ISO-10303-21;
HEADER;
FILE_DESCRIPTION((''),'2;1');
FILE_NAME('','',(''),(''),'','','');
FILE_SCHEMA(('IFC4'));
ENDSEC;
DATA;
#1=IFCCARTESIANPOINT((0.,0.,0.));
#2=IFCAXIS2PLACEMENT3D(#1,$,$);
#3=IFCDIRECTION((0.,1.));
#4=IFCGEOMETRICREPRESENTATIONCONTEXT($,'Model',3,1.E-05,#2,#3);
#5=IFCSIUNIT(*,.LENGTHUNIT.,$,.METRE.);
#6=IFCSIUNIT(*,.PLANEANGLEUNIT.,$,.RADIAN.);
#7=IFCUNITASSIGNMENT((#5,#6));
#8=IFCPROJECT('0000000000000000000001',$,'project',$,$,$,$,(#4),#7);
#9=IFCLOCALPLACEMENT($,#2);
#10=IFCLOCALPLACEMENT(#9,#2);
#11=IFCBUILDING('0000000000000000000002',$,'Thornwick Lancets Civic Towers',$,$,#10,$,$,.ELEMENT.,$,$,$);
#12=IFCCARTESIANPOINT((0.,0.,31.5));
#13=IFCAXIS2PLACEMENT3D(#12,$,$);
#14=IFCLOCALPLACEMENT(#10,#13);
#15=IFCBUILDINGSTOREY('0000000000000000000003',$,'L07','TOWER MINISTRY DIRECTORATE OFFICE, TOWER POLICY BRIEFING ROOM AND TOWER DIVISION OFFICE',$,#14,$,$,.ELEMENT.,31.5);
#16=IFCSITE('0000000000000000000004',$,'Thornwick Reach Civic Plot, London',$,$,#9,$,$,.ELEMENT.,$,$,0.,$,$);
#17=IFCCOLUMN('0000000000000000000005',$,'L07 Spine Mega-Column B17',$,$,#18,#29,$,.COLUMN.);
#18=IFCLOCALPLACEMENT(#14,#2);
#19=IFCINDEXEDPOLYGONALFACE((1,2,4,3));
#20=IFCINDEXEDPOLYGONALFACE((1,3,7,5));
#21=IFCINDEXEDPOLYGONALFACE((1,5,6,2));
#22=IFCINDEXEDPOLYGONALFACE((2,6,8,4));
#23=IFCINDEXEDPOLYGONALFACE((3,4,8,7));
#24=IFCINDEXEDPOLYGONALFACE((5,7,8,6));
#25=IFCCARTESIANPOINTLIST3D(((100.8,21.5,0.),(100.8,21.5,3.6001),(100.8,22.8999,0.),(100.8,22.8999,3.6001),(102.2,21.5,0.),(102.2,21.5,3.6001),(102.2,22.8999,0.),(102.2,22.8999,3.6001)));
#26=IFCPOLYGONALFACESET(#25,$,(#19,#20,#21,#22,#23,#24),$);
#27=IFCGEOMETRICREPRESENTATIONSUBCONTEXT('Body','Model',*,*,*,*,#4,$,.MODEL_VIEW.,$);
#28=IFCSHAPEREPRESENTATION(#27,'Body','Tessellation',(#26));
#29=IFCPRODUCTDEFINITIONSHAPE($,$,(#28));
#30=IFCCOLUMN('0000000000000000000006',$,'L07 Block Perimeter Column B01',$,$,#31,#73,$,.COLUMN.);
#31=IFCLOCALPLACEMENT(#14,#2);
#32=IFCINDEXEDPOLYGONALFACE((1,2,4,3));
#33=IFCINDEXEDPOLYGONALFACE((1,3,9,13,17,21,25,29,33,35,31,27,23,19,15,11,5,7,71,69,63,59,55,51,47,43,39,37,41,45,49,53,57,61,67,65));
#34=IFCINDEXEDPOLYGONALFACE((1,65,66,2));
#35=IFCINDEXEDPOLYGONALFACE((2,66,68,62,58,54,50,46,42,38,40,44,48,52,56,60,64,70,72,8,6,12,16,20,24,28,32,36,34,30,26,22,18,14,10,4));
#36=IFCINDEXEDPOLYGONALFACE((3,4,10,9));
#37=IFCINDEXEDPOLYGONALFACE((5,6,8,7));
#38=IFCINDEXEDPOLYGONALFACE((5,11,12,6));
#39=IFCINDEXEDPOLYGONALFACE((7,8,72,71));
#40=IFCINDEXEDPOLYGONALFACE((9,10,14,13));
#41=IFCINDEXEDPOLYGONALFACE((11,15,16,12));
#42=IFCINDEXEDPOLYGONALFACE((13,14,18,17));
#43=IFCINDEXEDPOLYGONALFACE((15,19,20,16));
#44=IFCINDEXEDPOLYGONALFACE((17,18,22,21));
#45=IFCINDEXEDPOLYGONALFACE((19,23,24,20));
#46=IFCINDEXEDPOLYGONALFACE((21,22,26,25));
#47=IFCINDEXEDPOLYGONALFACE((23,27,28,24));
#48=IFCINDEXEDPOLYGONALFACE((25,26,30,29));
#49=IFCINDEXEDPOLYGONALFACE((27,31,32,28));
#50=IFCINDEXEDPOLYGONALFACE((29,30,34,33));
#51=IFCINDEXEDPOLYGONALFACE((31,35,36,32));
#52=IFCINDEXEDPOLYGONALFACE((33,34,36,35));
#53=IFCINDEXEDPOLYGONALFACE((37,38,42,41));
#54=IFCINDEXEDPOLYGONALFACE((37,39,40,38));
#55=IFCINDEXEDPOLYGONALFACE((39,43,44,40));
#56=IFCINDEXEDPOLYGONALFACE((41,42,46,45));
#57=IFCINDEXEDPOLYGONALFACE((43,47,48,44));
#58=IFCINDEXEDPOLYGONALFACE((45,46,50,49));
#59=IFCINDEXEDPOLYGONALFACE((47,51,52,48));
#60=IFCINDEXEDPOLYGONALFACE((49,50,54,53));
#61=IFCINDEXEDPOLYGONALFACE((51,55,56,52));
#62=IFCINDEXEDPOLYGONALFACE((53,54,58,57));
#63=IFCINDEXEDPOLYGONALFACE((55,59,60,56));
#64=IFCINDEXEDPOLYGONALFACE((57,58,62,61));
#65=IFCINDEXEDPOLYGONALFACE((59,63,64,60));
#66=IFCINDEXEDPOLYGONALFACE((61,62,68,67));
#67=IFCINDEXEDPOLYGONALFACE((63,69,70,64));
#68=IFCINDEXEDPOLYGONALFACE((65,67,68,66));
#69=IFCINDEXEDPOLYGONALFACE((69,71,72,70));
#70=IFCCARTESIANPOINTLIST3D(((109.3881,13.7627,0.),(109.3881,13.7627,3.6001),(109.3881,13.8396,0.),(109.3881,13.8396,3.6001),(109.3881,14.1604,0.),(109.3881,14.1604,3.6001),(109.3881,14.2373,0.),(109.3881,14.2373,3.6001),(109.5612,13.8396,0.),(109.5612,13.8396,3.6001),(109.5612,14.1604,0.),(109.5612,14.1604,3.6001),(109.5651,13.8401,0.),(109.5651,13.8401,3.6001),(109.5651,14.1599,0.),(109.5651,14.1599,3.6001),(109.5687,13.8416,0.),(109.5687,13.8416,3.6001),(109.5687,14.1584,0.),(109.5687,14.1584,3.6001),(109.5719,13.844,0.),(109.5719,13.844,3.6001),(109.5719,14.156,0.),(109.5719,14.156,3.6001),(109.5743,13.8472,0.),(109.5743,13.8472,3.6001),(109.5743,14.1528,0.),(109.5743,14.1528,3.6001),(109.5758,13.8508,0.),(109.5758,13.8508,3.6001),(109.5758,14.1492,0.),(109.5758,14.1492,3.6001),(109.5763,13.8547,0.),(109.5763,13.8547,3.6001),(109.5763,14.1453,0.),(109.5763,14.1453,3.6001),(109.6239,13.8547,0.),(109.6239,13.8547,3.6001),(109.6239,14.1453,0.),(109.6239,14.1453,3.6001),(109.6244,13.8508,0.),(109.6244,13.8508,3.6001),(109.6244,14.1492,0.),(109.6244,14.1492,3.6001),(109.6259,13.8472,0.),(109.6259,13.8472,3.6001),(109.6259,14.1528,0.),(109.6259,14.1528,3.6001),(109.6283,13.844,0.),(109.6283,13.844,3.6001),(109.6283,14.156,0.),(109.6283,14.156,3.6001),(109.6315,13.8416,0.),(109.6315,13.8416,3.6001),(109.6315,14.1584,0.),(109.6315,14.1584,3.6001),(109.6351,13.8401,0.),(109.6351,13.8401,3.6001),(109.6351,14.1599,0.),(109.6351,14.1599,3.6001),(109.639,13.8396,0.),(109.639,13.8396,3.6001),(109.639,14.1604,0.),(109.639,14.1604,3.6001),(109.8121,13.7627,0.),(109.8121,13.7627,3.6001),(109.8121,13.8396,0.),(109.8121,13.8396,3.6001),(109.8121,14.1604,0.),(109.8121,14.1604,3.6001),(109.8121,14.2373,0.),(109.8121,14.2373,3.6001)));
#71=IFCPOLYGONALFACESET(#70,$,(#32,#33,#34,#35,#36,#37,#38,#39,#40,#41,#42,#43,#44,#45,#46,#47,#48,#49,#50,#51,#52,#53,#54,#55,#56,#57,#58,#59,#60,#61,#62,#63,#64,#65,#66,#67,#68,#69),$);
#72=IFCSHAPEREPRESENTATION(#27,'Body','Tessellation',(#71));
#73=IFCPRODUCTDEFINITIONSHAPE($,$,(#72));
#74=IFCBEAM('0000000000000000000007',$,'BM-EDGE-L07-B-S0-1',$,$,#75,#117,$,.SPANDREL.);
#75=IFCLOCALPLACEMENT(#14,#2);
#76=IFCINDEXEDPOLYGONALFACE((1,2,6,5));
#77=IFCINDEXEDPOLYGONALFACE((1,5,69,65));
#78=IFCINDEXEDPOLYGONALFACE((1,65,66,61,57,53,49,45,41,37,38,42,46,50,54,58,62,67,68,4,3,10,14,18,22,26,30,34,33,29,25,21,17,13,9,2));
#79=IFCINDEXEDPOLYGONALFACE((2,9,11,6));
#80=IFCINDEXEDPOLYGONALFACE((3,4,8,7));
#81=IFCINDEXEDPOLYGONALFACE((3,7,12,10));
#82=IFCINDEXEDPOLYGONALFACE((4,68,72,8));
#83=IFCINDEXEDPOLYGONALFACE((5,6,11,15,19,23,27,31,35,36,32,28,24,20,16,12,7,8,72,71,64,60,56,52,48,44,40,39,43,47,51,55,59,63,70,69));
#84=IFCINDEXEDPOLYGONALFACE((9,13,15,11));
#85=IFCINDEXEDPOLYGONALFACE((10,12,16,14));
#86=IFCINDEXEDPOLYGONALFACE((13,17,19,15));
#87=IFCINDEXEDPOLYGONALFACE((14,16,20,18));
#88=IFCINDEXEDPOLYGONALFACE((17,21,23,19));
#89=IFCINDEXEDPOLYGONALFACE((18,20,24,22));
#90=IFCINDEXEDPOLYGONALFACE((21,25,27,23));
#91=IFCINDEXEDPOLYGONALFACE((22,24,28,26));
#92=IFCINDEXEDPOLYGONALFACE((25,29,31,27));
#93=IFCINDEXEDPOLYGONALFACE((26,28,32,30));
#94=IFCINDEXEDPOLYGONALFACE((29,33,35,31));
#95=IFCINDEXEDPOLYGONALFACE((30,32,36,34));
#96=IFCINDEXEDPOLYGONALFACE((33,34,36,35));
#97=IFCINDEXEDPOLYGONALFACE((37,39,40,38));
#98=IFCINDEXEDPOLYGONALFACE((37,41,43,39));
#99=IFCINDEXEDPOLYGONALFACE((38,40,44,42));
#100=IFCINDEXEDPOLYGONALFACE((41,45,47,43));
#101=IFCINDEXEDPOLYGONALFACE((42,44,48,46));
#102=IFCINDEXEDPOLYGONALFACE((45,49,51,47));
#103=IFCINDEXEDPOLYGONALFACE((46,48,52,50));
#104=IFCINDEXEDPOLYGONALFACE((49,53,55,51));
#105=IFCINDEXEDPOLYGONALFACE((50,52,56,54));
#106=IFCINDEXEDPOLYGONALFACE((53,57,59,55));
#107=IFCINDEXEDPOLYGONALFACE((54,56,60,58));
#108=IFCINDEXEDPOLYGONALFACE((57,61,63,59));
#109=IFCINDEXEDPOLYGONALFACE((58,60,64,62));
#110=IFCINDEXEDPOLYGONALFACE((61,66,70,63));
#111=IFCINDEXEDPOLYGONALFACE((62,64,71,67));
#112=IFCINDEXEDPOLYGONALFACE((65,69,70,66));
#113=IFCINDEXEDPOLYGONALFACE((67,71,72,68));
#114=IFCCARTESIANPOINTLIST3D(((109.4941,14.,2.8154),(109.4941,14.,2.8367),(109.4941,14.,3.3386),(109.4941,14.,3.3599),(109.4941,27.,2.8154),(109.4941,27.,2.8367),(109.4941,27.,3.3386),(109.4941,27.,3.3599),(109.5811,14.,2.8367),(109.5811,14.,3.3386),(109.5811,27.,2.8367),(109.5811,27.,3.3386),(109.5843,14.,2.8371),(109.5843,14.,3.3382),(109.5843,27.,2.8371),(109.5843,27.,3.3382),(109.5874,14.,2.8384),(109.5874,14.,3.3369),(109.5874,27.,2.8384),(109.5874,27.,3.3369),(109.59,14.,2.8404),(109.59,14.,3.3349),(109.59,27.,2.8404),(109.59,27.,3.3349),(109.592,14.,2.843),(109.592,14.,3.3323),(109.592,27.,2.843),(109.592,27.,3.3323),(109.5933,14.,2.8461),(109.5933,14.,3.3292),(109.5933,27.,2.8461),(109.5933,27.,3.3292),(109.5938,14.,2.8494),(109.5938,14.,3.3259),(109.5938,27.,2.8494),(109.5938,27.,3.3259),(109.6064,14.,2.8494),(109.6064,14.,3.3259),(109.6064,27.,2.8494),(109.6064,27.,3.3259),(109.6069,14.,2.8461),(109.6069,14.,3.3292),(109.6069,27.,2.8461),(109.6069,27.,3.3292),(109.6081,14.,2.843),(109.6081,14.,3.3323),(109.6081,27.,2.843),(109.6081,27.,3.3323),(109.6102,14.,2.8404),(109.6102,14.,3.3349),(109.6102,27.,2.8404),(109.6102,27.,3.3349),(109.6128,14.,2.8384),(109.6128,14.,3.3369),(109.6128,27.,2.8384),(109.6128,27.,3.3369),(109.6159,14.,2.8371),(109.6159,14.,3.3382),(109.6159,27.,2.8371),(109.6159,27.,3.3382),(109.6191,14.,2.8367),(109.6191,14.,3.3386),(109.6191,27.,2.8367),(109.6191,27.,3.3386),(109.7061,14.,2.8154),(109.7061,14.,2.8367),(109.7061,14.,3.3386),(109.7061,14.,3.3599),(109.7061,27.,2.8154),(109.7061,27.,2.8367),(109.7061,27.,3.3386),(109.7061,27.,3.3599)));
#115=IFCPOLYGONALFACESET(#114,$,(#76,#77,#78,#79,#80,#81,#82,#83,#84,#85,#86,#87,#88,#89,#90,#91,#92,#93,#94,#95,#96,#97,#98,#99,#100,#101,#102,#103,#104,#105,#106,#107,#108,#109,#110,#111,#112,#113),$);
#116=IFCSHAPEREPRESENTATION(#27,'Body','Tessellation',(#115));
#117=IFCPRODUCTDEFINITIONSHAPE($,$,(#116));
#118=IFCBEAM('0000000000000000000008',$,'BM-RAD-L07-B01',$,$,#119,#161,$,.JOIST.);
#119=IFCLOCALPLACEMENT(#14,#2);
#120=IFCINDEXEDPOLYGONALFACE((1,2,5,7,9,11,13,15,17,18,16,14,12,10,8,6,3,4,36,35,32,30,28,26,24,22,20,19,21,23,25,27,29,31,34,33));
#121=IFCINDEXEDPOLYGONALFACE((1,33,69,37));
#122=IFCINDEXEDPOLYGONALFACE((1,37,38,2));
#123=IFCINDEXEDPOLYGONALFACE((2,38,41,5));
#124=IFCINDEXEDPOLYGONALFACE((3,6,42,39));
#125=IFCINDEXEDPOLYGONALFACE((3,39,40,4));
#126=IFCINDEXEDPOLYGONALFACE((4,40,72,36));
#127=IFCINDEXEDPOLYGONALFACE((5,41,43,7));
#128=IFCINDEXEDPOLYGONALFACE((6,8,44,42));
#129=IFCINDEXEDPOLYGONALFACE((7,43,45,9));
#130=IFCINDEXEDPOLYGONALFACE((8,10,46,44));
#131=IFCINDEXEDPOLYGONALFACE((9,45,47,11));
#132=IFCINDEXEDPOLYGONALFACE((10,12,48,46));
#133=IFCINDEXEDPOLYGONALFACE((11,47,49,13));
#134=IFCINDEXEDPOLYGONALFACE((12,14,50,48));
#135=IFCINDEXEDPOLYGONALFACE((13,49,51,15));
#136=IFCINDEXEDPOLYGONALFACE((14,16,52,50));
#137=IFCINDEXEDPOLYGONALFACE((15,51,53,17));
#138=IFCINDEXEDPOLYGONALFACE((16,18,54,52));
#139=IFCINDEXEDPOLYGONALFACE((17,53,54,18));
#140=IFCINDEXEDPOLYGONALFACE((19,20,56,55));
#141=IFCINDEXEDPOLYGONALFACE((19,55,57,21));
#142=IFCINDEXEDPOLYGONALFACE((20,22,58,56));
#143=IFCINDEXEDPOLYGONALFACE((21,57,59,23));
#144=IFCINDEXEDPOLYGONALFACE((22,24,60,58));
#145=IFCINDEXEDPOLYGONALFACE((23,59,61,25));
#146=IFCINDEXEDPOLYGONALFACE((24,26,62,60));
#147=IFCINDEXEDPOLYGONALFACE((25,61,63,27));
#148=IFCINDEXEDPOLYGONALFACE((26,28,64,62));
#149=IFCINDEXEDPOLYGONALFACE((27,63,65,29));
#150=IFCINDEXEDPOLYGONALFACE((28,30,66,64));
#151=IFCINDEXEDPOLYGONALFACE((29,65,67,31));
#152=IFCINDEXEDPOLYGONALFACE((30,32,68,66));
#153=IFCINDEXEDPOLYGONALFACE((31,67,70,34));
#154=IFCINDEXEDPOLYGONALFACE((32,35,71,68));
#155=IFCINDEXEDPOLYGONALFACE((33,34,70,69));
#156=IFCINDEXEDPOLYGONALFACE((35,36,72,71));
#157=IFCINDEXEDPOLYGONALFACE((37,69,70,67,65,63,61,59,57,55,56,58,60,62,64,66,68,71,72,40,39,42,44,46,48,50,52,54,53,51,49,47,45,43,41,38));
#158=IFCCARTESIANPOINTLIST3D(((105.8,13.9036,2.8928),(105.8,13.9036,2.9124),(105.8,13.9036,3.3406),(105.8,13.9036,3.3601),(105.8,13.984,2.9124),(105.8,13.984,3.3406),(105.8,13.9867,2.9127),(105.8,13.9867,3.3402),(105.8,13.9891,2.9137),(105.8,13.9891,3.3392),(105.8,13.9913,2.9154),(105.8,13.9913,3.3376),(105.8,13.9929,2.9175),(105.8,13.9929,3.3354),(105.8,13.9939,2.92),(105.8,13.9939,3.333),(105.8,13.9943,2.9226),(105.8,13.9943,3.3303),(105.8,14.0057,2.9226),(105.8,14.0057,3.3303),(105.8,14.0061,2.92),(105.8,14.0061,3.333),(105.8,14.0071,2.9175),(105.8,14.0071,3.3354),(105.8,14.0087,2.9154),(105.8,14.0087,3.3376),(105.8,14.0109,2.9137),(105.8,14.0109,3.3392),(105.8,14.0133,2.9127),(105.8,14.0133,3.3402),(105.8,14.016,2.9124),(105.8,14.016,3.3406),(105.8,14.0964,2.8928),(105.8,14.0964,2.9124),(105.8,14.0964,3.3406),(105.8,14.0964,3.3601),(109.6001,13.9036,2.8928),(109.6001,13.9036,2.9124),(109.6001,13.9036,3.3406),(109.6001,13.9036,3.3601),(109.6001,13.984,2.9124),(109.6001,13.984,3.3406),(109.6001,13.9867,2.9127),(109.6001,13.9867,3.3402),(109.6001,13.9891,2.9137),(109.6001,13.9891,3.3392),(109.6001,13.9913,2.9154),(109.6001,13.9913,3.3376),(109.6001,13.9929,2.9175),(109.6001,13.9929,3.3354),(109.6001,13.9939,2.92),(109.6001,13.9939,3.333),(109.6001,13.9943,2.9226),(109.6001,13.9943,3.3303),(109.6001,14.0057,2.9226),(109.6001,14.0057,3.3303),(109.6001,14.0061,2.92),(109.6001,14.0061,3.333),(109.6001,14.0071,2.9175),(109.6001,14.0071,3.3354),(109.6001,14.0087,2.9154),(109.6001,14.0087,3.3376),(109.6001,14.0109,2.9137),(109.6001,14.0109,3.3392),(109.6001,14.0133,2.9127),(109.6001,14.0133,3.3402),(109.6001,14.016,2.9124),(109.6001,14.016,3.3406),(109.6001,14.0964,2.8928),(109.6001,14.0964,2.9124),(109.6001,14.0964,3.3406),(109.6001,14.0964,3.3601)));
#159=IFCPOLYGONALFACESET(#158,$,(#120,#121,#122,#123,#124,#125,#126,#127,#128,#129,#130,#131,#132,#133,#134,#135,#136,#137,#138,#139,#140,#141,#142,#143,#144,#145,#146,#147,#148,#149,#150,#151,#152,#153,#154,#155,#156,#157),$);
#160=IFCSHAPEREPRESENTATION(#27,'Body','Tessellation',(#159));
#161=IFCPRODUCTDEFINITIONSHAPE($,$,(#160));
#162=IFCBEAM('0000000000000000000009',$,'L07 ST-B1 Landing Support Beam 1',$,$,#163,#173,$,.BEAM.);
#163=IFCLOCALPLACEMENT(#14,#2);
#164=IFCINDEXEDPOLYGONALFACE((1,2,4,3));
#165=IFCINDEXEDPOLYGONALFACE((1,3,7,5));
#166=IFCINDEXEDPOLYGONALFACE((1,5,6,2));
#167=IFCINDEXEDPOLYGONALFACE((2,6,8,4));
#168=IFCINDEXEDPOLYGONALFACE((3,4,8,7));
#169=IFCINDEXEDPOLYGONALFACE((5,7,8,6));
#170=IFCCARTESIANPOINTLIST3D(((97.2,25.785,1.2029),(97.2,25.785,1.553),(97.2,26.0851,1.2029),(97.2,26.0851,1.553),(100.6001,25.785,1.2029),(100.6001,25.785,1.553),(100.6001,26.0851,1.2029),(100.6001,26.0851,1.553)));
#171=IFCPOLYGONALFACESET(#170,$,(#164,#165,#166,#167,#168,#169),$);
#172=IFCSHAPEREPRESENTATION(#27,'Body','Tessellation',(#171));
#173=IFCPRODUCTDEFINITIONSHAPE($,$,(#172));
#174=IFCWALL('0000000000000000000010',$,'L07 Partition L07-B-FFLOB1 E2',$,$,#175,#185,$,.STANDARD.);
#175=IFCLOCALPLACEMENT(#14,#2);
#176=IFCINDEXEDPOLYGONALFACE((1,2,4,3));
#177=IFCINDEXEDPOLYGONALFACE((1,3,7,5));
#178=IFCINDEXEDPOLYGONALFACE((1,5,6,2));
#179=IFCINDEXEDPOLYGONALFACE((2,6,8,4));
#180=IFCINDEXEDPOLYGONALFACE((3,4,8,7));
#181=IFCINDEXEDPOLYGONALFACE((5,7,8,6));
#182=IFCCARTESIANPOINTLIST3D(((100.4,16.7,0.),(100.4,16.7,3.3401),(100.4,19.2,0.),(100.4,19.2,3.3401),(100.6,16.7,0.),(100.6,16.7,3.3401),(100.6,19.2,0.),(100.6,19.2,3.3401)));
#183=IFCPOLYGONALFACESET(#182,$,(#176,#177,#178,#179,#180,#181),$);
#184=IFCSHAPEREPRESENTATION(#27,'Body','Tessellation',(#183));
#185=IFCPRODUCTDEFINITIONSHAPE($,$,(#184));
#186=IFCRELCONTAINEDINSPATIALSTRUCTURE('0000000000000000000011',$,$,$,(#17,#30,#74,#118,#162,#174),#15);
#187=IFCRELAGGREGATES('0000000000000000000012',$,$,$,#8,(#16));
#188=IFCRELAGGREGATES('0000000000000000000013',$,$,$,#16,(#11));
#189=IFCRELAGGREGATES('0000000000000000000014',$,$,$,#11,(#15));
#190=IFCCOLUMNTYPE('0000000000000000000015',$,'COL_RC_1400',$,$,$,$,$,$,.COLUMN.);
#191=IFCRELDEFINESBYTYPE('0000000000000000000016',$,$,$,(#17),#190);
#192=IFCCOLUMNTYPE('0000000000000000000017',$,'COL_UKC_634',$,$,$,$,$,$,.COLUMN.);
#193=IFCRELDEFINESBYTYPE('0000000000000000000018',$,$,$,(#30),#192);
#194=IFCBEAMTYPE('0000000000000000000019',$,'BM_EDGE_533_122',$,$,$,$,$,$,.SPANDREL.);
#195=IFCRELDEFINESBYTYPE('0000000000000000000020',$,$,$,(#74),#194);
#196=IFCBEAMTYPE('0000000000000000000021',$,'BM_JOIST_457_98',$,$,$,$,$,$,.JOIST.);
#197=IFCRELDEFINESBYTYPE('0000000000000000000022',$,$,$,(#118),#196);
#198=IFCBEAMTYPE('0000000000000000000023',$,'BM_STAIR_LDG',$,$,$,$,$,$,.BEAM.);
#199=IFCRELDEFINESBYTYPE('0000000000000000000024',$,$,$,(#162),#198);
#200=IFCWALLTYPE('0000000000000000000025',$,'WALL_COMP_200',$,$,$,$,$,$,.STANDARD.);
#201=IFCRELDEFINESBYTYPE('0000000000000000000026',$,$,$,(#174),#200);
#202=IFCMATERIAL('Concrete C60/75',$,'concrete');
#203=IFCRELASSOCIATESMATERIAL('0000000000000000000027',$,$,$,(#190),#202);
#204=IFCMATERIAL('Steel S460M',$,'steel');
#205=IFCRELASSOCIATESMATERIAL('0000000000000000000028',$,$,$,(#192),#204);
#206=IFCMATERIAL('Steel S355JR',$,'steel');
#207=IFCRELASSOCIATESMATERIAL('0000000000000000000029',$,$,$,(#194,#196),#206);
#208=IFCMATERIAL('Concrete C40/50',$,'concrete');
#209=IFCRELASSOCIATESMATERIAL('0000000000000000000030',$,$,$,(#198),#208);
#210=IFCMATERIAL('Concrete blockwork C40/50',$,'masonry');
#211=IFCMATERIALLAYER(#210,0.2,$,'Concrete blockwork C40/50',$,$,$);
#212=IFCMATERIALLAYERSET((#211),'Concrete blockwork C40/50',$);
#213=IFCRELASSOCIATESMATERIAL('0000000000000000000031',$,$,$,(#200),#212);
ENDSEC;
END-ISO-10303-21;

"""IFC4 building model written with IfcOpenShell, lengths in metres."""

from ifc_helpers import new_model, si_unit, direction, frame, frame_2d, origin, origin_2d, place, context, subcontext, project, spatial, rectangle, i_section, extrude, material, layer, layer_set, material_profile, profile_set, type_object, element, save


model = new_model("IFC4")

# Units and contexts
model_context = context("Model", 3, precision=1e-05, world=origin(), true_north=direction((0.0, 1.0)))
body_context = subcontext(model_context, "Body", "Model", "MODEL_VIEW")
ifc_project = project(units=[si_unit("LENGTHUNIT", "METRE"), si_unit("PLANEANGLEUNIT", "RADIAN")], contexts=[model_context])

# Site, building, storey
site_placement = place(None, origin())
site = spatial("IfcSite", under=ifc_project, at=site_placement, Name="Thornwick Reach Civic Plot, London", CompositionType="ELEMENT", RefElevation=0.0)
building_placement = place(site_placement, origin())
building = spatial("IfcBuilding", under=site, at=building_placement, Name="Thornwick Lancets Civic Towers", CompositionType="ELEMENT")
storey_placement = place(building_placement, frame((0.0, 0.0, 31.5)))
storey = spatial("IfcBuildingStorey", under=building, at=storey_placement, Name="L07", Description="TOWER MINISTRY DIRECTORATE OFFICE, TOWER POLICY BRIEFING ROOM AND TOWER DIVISION OFFICE", CompositionType="ELEMENT", Elevation=31.5)

# Columns
ifc_material_1 = material(Name="Concrete C60/75", Category="concrete")
ifc_material_profile_1 = material_profile(ifc_material_1, rectangle(XDim=1.3999, YDim=1.3999, at=origin_2d()), Name="RC 1400x1400")
ifc_profile_set_1 = profile_set([ifc_material_profile_1], Name="Concrete C60/75")
column_type_1 = type_object("IfcColumnType", Name="COL_RC_1400", PredefinedType="COLUMN", material=ifc_profile_set_1)
column_1_placement = place(storey_placement, frame((101.5, 22.2, 0.0), z_axis=(0.0, 0.0, 1.0), x_axis=(1.0, 0.0, 0.0)))
element("IfcColumn", 1, at=column_1_placement, inside=storey, type_object=column_type_1, Name="L07 Spine Mega-Column B17", PredefinedType="COLUMN", context=body_context, shape_type="SweptSolid", body=[
    extrude(rectangle(XDim=1.3999, YDim=1.3999, at=origin_2d()), origin(), (0.0, 0.0, 1.0), 3.6001),
])
ifc_material_2 = material(Name="Steel S460M", Category="steel")
ifc_material_profile_2 = material_profile(ifc_material_2, i_section(OverallWidth=0.4241, OverallDepth=0.4746, WebThickness=0.0476, FlangeThickness=0.0769, FilletRadius=0.0151, at=origin_2d()), Name="UKC 356x406x634")
ifc_profile_set_2 = profile_set([ifc_material_profile_2], Name="Steel S460M")
column_type_2 = type_object("IfcColumnType", Name="COL_UKC_634", PredefinedType="COLUMN", material=ifc_profile_set_2)
column_2_placement = place(storey_placement, frame((109.6001, 14.0, 0.0), z_axis=(0.0, 0.0, 1.0), x_axis=(1.0, 0.0, 0.0)))
element("IfcColumn", 2, at=column_2_placement, inside=storey, type_object=column_type_2, Name="L07 Block Perimeter Column B01", PredefinedType="COLUMN", context=body_context, shape_type="SweptSolid", body=[
    extrude(i_section(OverallWidth=0.4241, OverallDepth=0.4746, WebThickness=0.0476, FlangeThickness=0.0769, FilletRadius=0.0151, at=origin_2d()), origin(), (0.0, 0.0, 1.0), 3.6001),
])

# Beams
ifc_material_3 = material(Name="Steel S355JR", Category="steel")
ifc_material_profile_3 = material_profile(ifc_material_3, i_section(OverallWidth=0.2119, OverallDepth=0.5444, WebThickness=0.0127, FlangeThickness=0.0212, FilletRadius=0.0127, at=origin_2d()), Name="UKB 533x210x122")
ifc_profile_set_3 = profile_set([ifc_material_profile_3], Name="Steel S355JR")
beam_type_1 = type_object("IfcBeamType", Name="BM_EDGE_533_122", PredefinedType="SPANDREL", material=ifc_profile_set_3)
beam_1_placement = place(storey_placement, frame((109.6001, 14.0, 3.0876), z_axis=(0.0, 1.0, 0.0), x_axis=(-1.0, 0.0, 0.0)))
element("IfcBeam", 3, at=beam_1_placement, inside=storey, type_object=beam_type_1, Name="BM-EDGE-L07-B-S0-1", PredefinedType="SPANDREL", context=body_context, shape_type="SweptSolid", body=[
    extrude(i_section(OverallWidth=0.2119, OverallDepth=0.5444, WebThickness=0.0127, FlangeThickness=0.0212, FilletRadius=0.0127, at=origin_2d()), origin(), (0.0, 0.0, 1.0), 13.0),
])
ifc_material_profile_4 = material_profile(ifc_material_3, i_section(OverallWidth=0.1929, OverallDepth=0.4673, WebThickness=0.0115, FlangeThickness=0.0195, FilletRadius=0.0103, at=origin_2d()), Name="UKB 457x191x98")
ifc_profile_set_4 = profile_set([ifc_material_profile_4], Name="Steel S355JR")
beam_type_2 = type_object("IfcBeamType", Name="BM_JOIST_457_98", PredefinedType="JOIST", material=ifc_profile_set_4)
beam_2_placement = place(storey_placement, frame((105.8, 14.0, 3.1265), z_axis=(1.0, 0.0, 0.0), x_axis=(0.0, 1.0, 0.0)))
element("IfcBeam", 4, at=beam_2_placement, inside=storey, type_object=beam_type_2, Name="BM-RAD-L07-B01", PredefinedType="JOIST", context=body_context, shape_type="SweptSolid", body=[
    extrude(i_section(OverallWidth=0.1929, OverallDepth=0.4673, WebThickness=0.0115, FlangeThickness=0.0195, FilletRadius=0.0103, at=origin_2d()), origin(), (0.0, 0.0, 1.0), 3.8),
])
ifc_material_4 = material(Name="Concrete C40/50", Category="concrete")
ifc_material_profile_5 = material_profile(ifc_material_4, rectangle(XDim=0.3, YDim=0.3501, at=origin_2d()), Name="RC 300x350")
ifc_profile_set_5 = profile_set([ifc_material_profile_5], Name="Concrete C40/50")
beam_type_3 = type_object("IfcBeamType", Name="BM_STAIR_LDG", PredefinedType="BEAM", material=ifc_profile_set_5)
beam_3_placement = place(storey_placement, frame((100.6001, 25.9351, 1.3779), z_axis=(-1.0, 0.0, 0.0), x_axis=(0.0, -1.0, 0.0)))
element("IfcBeam", 5, at=beam_3_placement, inside=storey, type_object=beam_type_3, Name="L07 ST-B1 Landing Support Beam 1", PredefinedType="BEAM", context=body_context, shape_type="SweptSolid", body=[
    extrude(rectangle(XDim=0.3, YDim=0.3501, at=origin_2d()), origin(), (0.0, 0.0, 1.0), 3.4001),
])

# Wall
ifc_material_5 = material(Name="Concrete blockwork C40/50", Category="masonry")
ifc_layer_1 = layer(ifc_material_5, 0.2, Name="Concrete blockwork C40/50")
ifc_layer_set_1 = layer_set([ifc_layer_1], Name="Concrete blockwork C40/50")
wall_type_1 = type_object("IfcWallType", Name="WALL_COMP_200", PredefinedType="STANDARD", material=ifc_layer_set_1)
wall_1_placement = place(storey_placement, frame((100.5, 16.7, 0.0), z_axis=(0.0, 0.0, 1.0), x_axis=(0.0, 1.0, 0.0)))
element("IfcWall", 6, at=wall_1_placement, inside=storey, type_object=wall_type_1, Name="L07 Partition L07-B-FFLOB1 E2", PredefinedType="STANDARD", context=body_context, shape_type="SweptSolid", body=[
    extrude(rectangle(XDim=2.5, YDim=0.2, at=frame_2d((1.25, 0.0))), origin(), (0.0, 0.0, 1.0), 3.3401),
])

save(model, "model.ifc")
